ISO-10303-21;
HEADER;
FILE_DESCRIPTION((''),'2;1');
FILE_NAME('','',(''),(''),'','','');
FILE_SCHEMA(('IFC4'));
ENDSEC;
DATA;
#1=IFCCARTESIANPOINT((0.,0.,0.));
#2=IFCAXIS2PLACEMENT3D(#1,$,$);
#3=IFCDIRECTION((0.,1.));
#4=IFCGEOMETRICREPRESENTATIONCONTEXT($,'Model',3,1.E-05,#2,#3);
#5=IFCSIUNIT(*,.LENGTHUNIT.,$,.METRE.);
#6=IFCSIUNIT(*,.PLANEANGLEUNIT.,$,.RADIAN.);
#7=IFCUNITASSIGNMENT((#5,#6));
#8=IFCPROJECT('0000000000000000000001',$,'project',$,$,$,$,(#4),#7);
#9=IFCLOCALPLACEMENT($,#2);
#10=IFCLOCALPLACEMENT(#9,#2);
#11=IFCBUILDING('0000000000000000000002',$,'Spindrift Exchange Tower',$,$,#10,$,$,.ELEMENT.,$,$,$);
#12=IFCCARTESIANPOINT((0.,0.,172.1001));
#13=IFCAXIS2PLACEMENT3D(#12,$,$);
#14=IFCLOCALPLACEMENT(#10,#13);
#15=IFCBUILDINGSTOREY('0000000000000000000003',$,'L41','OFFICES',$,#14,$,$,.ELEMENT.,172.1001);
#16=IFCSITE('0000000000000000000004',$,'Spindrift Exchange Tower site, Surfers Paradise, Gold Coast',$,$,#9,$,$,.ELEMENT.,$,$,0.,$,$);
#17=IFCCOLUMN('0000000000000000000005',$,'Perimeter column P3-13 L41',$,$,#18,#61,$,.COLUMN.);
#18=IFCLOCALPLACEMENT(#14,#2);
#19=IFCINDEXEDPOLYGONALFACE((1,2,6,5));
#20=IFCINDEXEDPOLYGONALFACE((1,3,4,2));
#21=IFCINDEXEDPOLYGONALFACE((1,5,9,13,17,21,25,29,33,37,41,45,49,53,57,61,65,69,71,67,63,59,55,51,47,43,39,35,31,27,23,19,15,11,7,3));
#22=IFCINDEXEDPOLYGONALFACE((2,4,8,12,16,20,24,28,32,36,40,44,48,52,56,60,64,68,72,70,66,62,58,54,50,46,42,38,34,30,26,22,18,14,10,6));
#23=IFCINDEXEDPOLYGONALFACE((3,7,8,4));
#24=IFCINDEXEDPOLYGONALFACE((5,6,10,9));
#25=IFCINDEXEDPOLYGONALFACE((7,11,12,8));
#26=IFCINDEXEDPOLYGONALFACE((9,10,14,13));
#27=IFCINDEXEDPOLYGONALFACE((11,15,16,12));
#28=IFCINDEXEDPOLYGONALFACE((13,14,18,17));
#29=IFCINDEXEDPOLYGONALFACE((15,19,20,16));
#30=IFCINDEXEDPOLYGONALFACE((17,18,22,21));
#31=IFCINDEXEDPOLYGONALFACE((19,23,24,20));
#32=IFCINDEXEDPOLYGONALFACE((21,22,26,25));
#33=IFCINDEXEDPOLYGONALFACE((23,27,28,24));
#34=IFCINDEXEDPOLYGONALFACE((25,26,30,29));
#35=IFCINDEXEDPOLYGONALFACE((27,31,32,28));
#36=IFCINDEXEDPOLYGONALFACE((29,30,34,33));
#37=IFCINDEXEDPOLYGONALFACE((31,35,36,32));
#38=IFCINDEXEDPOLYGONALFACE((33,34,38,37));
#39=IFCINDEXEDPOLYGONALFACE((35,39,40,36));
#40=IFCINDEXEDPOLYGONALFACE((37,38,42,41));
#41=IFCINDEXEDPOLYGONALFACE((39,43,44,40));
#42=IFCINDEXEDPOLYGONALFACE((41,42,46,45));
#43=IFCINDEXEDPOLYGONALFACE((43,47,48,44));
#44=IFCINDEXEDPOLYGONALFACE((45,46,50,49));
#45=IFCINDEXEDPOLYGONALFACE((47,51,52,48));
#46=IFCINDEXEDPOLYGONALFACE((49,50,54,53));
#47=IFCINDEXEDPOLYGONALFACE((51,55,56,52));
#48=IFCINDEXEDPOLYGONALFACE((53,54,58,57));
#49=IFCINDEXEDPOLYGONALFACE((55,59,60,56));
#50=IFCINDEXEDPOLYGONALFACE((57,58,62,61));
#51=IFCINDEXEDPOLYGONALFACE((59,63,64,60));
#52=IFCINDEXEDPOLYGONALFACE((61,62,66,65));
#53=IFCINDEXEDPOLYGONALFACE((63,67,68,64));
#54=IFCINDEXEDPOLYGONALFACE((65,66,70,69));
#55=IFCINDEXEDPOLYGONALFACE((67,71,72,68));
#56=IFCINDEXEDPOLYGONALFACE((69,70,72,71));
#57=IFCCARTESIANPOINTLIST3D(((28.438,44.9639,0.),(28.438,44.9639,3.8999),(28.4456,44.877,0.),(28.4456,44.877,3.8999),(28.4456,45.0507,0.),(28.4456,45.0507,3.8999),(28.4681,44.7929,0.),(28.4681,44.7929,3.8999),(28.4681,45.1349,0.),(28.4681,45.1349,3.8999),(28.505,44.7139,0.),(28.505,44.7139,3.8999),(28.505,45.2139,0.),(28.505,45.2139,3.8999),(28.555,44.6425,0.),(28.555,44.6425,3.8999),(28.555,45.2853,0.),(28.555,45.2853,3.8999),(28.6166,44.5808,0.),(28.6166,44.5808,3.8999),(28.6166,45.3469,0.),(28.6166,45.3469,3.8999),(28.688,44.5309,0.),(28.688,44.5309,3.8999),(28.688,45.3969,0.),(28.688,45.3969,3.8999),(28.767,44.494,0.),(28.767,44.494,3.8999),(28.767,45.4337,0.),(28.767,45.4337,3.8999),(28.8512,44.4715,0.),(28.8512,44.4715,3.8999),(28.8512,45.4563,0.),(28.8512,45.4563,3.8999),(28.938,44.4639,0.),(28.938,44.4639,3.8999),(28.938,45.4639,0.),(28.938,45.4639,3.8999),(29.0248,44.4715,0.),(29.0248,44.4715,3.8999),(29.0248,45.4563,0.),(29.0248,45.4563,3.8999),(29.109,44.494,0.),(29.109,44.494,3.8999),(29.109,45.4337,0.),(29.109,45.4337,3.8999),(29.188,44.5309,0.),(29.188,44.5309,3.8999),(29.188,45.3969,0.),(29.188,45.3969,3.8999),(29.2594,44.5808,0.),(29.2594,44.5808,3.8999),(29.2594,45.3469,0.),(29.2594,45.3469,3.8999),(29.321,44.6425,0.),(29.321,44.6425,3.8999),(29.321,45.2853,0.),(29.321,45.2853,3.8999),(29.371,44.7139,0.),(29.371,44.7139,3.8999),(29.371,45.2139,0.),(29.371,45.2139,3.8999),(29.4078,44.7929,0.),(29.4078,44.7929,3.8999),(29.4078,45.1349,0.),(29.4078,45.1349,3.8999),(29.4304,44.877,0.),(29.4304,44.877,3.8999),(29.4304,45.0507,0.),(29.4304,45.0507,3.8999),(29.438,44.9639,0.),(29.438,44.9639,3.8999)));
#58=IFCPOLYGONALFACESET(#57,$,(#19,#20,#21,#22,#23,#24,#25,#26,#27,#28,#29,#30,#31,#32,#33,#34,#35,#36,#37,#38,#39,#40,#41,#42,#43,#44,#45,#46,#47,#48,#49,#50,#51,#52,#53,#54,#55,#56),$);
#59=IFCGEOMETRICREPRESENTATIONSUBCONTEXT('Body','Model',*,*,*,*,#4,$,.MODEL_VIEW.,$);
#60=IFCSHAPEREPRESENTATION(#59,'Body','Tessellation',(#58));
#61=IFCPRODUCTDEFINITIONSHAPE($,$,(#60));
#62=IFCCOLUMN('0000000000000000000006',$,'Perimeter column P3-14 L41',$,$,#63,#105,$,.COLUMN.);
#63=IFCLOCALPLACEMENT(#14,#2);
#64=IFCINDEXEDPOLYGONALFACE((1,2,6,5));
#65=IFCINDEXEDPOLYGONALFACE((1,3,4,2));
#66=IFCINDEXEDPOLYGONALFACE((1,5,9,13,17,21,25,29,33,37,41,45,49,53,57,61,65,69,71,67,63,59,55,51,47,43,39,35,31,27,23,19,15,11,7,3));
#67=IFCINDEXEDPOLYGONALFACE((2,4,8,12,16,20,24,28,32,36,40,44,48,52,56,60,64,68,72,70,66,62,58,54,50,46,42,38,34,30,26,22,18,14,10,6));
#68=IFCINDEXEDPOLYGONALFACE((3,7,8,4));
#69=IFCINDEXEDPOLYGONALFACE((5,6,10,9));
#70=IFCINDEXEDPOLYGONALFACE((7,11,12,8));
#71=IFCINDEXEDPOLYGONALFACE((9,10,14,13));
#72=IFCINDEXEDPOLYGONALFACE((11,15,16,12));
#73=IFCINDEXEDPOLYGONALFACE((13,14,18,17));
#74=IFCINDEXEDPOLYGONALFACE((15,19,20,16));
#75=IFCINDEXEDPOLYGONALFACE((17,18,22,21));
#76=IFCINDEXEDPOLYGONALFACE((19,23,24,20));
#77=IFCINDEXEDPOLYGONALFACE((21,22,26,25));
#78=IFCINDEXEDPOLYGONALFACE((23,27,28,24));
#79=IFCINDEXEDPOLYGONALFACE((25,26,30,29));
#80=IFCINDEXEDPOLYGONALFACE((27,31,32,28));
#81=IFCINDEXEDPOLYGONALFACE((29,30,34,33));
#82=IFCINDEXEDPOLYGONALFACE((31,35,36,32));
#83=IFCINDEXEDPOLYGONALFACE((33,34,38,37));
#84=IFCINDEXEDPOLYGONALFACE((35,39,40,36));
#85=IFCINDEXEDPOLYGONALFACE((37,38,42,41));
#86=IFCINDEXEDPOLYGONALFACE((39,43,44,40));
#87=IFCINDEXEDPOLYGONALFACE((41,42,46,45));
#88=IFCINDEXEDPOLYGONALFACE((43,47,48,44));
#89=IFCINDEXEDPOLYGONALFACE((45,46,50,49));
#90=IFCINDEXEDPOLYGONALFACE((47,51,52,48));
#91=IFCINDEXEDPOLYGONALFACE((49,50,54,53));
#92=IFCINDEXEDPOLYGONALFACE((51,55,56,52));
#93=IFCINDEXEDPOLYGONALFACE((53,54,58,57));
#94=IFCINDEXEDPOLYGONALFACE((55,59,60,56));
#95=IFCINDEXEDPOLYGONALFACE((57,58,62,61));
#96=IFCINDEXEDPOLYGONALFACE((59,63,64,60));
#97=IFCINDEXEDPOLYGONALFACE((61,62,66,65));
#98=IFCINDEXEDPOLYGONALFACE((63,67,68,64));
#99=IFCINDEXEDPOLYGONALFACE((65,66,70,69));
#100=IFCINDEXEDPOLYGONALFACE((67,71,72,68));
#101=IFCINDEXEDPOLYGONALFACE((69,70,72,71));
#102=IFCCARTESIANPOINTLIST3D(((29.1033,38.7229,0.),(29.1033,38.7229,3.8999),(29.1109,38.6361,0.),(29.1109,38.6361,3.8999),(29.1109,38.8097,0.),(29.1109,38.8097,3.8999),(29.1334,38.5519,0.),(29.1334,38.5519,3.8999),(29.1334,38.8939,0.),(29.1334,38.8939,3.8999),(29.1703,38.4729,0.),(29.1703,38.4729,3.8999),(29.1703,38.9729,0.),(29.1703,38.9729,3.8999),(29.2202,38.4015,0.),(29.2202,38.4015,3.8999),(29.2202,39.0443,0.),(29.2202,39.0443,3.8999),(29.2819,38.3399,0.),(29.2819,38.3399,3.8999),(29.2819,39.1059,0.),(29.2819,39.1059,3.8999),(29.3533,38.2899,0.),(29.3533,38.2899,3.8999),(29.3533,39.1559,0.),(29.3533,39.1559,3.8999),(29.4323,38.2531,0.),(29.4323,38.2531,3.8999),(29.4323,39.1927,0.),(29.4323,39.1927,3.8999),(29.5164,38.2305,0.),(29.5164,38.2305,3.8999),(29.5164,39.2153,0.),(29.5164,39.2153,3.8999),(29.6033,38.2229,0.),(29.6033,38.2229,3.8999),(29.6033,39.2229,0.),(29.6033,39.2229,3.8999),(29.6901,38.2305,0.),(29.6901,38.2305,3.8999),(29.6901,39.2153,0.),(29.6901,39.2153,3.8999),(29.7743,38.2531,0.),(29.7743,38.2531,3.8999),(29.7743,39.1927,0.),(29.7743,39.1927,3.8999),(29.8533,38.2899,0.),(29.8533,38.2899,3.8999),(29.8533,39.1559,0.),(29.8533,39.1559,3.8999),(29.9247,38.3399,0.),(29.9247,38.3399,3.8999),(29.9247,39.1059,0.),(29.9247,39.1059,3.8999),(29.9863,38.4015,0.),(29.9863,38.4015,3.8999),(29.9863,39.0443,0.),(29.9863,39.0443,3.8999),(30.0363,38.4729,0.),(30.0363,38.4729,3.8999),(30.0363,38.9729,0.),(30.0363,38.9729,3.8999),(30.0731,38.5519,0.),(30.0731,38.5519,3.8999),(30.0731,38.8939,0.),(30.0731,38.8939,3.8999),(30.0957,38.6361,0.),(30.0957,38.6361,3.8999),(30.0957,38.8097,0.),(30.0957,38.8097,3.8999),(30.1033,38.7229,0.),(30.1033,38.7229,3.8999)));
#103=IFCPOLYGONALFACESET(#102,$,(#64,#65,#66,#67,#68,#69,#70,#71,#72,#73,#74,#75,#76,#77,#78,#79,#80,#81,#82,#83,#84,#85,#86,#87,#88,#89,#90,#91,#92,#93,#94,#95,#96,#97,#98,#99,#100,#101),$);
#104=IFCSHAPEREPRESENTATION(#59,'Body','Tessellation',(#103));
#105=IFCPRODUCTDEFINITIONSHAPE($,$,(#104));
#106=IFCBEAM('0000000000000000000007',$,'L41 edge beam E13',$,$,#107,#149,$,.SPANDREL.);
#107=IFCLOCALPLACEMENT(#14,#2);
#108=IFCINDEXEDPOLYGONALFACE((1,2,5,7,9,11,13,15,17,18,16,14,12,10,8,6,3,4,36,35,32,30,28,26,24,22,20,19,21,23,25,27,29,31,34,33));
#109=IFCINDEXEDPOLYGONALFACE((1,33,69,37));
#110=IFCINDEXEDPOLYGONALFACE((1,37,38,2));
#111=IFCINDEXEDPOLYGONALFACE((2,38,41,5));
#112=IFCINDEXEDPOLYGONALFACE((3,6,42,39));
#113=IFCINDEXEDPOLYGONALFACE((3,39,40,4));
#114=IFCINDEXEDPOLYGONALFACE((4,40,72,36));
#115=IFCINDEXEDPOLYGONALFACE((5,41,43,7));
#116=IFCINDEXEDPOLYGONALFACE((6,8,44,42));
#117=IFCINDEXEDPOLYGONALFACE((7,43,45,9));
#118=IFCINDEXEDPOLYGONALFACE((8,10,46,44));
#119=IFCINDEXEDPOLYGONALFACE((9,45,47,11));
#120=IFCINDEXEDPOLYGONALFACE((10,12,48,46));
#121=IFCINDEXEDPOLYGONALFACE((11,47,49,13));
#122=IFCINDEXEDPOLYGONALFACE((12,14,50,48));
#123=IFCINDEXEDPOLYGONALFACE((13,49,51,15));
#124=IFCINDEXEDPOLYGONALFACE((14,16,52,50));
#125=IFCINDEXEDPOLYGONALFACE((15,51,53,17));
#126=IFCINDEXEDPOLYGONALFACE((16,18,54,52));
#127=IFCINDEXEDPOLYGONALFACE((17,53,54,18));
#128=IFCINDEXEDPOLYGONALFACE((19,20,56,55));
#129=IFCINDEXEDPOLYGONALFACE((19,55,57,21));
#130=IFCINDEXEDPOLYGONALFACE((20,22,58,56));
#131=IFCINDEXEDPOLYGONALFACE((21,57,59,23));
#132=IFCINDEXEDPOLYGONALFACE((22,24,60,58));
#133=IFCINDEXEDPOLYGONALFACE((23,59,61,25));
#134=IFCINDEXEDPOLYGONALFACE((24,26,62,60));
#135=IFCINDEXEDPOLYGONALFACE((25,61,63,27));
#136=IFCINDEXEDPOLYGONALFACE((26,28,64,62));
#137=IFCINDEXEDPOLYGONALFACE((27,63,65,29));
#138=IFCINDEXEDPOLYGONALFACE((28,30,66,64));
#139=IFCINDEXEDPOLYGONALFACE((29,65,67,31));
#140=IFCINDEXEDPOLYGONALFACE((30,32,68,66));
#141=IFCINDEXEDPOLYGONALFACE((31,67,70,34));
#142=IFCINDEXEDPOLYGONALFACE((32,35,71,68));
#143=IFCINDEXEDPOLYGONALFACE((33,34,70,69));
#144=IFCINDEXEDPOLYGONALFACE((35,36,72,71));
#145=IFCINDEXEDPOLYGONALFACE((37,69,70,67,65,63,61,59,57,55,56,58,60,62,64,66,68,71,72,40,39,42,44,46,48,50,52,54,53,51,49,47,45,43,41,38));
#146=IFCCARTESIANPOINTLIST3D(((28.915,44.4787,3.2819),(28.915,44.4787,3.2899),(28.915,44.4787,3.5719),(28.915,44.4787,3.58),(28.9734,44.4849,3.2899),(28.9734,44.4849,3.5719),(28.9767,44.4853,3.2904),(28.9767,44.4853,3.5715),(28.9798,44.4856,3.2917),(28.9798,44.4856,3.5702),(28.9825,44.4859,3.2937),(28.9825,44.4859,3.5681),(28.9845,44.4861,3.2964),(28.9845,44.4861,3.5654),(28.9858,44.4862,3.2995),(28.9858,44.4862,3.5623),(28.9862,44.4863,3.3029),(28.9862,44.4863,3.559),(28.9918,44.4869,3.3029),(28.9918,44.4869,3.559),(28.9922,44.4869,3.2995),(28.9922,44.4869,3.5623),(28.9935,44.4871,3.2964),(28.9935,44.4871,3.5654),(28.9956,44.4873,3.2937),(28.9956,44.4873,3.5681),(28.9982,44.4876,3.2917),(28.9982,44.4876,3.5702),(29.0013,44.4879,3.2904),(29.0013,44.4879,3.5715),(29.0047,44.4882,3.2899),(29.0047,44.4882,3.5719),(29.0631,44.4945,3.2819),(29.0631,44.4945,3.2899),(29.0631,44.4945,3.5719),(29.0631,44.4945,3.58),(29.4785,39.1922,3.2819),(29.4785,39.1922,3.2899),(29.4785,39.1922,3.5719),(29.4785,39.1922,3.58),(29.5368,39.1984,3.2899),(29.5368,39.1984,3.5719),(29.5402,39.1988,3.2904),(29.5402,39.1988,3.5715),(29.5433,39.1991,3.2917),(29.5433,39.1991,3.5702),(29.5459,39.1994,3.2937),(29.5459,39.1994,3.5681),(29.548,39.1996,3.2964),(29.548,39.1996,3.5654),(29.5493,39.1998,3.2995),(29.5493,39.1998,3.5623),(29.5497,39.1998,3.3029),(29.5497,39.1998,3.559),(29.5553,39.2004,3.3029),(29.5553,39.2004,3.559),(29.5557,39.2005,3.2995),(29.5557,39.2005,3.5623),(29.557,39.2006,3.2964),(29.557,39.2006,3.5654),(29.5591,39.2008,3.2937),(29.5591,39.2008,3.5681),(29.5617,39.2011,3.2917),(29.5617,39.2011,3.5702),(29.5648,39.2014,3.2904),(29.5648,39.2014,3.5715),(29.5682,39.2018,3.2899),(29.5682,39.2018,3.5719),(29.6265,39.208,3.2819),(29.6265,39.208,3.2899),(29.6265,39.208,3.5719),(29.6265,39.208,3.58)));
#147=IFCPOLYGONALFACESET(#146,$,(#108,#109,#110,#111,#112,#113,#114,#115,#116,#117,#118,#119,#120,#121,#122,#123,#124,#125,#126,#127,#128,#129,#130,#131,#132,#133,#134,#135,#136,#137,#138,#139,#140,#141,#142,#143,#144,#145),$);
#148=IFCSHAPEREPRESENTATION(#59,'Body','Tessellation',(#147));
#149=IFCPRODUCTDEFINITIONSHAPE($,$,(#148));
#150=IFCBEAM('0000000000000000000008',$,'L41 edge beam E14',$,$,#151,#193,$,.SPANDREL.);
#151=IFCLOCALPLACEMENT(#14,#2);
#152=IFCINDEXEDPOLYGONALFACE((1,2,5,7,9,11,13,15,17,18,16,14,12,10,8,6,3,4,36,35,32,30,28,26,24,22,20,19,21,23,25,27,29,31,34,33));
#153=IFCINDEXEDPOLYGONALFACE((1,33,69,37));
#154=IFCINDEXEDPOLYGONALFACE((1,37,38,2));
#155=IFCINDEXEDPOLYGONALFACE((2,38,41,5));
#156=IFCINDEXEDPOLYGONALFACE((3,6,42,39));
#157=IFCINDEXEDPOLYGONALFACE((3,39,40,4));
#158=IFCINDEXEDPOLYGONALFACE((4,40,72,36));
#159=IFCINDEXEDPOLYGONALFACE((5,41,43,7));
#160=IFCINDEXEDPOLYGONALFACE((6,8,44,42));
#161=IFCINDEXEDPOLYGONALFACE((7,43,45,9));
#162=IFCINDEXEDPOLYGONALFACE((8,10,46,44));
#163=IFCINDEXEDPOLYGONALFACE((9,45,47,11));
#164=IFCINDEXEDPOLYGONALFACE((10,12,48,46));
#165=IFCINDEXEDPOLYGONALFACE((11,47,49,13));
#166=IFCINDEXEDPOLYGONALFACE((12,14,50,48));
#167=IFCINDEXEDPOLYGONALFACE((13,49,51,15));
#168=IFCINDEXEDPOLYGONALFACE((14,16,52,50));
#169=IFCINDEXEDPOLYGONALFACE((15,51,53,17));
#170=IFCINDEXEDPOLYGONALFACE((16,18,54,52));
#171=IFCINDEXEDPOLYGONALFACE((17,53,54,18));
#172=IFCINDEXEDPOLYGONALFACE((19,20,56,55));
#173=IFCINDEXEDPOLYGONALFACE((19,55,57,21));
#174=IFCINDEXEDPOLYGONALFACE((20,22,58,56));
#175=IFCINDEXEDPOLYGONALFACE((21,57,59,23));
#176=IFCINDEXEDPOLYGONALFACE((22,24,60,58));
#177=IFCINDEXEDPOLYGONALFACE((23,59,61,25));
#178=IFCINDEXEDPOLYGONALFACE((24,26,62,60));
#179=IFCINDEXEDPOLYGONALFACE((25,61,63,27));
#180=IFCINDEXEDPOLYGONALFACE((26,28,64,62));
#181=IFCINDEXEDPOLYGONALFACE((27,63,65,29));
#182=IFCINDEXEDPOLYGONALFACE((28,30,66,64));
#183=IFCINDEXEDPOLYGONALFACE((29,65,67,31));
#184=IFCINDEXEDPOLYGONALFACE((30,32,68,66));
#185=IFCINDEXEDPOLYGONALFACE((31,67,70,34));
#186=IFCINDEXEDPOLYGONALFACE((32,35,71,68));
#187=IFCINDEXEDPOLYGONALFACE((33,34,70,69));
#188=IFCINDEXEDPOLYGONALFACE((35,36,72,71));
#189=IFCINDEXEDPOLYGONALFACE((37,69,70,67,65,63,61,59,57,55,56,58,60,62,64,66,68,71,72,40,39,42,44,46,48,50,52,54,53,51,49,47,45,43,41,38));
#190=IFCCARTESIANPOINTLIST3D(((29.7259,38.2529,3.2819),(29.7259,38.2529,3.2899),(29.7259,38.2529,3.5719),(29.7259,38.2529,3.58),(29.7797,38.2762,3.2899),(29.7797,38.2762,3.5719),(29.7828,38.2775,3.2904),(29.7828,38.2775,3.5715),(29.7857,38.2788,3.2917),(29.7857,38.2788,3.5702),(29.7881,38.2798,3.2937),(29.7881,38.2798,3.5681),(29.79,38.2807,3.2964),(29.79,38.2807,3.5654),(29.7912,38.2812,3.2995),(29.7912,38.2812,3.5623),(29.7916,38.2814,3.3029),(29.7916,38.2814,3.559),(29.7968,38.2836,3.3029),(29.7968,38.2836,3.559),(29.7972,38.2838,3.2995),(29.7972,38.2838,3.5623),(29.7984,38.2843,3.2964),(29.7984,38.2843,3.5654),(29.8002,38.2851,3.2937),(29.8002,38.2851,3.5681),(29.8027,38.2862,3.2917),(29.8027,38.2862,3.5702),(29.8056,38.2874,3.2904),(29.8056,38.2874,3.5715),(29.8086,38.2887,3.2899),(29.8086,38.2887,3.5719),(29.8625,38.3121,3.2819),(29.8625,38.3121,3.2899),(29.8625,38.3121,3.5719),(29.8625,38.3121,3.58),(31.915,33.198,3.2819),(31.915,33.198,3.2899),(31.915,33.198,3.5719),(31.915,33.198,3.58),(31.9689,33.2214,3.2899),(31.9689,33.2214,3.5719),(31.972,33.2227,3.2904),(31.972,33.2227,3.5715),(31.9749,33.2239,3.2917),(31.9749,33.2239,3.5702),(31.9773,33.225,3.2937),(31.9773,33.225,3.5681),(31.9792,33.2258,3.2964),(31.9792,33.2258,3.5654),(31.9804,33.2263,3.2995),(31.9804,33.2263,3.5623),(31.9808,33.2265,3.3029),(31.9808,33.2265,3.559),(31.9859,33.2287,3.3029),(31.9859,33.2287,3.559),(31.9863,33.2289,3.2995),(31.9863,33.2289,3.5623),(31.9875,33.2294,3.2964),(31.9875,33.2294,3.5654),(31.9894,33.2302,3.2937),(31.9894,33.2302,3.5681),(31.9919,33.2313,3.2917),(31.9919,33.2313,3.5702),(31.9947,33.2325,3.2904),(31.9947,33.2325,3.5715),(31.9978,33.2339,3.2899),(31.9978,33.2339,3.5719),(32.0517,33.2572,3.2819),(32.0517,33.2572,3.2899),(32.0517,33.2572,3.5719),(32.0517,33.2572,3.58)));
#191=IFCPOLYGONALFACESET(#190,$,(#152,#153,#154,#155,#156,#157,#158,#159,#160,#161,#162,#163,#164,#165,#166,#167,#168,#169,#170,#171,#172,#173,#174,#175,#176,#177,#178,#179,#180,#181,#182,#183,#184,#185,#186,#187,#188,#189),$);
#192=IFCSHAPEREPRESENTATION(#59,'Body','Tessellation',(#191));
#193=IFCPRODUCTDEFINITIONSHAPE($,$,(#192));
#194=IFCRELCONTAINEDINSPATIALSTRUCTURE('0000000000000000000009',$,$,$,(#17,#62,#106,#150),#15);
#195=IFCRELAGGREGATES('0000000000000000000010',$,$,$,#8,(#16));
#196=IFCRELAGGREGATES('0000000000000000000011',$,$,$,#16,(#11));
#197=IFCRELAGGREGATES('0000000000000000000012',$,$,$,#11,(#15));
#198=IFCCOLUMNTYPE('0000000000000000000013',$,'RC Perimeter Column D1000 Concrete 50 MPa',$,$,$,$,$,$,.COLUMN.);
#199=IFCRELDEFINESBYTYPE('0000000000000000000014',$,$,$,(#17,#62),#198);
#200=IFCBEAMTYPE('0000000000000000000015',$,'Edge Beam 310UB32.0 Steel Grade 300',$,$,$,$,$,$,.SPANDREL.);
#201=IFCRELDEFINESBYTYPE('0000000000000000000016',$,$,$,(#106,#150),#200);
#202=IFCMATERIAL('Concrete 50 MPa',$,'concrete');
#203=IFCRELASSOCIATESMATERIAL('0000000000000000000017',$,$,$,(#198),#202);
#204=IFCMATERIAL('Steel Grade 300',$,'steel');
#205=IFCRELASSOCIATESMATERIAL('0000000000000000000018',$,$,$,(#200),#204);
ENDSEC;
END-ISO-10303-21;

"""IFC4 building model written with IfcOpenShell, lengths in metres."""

from ifc_helpers import new_model, si_unit, direction, frame, origin, origin_2d, place, context, subcontext, project, spatial, circle, i_section, extrude, source, transform, mapped, material, material_profile, profile_set, type_object, element, save


model = new_model("IFC4")

# Units and contexts
model_context = context("Model", 3, precision=1e-05, world=origin(), true_north=direction((0.0, 1.0)))
body_context = subcontext(model_context, "Body", "Model", "MODEL_VIEW")
ifc_project = project(units=[si_unit("LENGTHUNIT", "METRE"), si_unit("PLANEANGLEUNIT", "RADIAN")], contexts=[model_context])

# Site, building, storey
site_placement = place(None, origin())
site = spatial("IfcSite", under=ifc_project, at=site_placement, Name="Spindrift Exchange Tower site, Surfers Paradise, Gold Coast", CompositionType="ELEMENT", RefElevation=0.0)
building_placement = place(site_placement, origin())
building = spatial("IfcBuilding", under=site, at=building_placement, Name="Spindrift Exchange Tower", CompositionType="ELEMENT")
storey_placement = place(building_placement, frame((0.0, 0.0, 172.1001)))
storey = spatial("IfcBuildingStorey", under=building, at=storey_placement, Name="L41", Description="OFFICES", CompositionType="ELEMENT", Elevation=172.1001)

# Columns
ifc_material_1 = material(Name="Concrete 50 MPa", Category="concrete")
ifc_material_profile_1 = material_profile(ifc_material_1, circle(Radius=0.5, at=origin_2d()), Name="RC D1000")
ifc_profile_set_1 = profile_set([ifc_material_profile_1], Name="Concrete 50 MPa")
column_type = type_object("IfcColumnType", Name="RC Perimeter Column D1000 Concrete 50 MPa", PredefinedType="COLUMN", material=ifc_profile_set_1)
shared_shape_1 = source(origin(), body_context, "Body", "SweptSolid", [
    extrude(circle(Radius=0.5, at=origin_2d()), origin(), (0.0, 0.0, 1.0), 3.8999),
])
for number, where, z_axis, x_axis, name in (
    (1, (28.938, 44.9639, 0.0), (0.0, 0.0, 1.0), (1.0, 0.0, 0.0), "Perimeter column P3-13 L41"),
    (2, (29.6033, 38.7229, 0.0), (0.0, 0.0, 1.0), (1.0, 0.0, 0.0), "Perimeter column P3-14 L41"),
):
    element("IfcColumn", number, at=place(storey_placement, frame(where, z_axis=z_axis, x_axis=x_axis)), inside=storey, type_object=column_type, Name=name, PredefinedType="COLUMN", context=body_context, shape_type="MappedRepresentation", body=[
        mapped(shared_shape_1, transform((0.0, 0.0, 0.0), scale=1.0)),
    ])

# Beams
ifc_material_2 = material(Name="Steel Grade 300", Category="steel")
ifc_material_profile_2 = material_profile(ifc_material_2, i_section(OverallWidth=0.1489, OverallDepth=0.2981, WebThickness=0.0056, FlangeThickness=0.0081, FilletRadius=0.0129, at=origin_2d()), Name="310UB32.0")
ifc_profile_set_2 = profile_set([ifc_material_profile_2], Name="Steel Grade 300")
beam_type_1 = type_object("IfcBeamType", Name="Edge Beam 310UB32.0 Steel Grade 300", PredefinedType="SPANDREL", material=ifc_profile_set_2)
shared_shape_2 = source(origin(), body_context, "Body", "SweptSolid", [
    extrude(i_section(OverallWidth=0.1489, OverallDepth=0.2981, WebThickness=0.0056, FlangeThickness=0.0081, FilletRadius=0.0129, at=origin_2d()), origin(), (0.0, 0.0, 1.0), 5.3164),
])
beam_1_placement = place(storey_placement, frame((28.989, 44.4866, 3.4309), z_axis=(0.10599, -0.994367, 0.0), x_axis=(0.994367, 0.10599, 0.0)))
element("IfcBeam", 3, at=beam_1_placement, inside=storey, type_object=beam_type_1, Name="L41 edge beam E13", PredefinedType="SPANDREL", context=body_context, shape_type="MappedRepresentation", body=[
    mapped(shared_shape_2, transform((0.0, 0.0, 0.0), scale=1.0)),
])
shared_shape_3 = source(origin(), body_context, "Body", "SweptSolid", [
    extrude(i_section(OverallWidth=0.1489, OverallDepth=0.2981, WebThickness=0.0056, FlangeThickness=0.0081, FilletRadius=0.0129, at=origin_2d()), origin(), (0.0, 0.0, 1.0), 5.5085),
])
beam_2_placement = place(storey_placement, frame((29.7942, 38.2825, 3.4309), z_axis=(0.397415, -0.917639, 0.0), x_axis=(0.917639, 0.397415, 0.0)))
element("IfcBeam", 4, at=beam_2_placement, inside=storey, type_object=beam_type_1, Name="L41 edge beam E14", PredefinedType="SPANDREL", context=body_context, shape_type="MappedRepresentation", body=[
    mapped(shared_shape_3, transform((0.0, 0.0, 0.0), scale=1.0)),
])

save(model, "model.ifc")
